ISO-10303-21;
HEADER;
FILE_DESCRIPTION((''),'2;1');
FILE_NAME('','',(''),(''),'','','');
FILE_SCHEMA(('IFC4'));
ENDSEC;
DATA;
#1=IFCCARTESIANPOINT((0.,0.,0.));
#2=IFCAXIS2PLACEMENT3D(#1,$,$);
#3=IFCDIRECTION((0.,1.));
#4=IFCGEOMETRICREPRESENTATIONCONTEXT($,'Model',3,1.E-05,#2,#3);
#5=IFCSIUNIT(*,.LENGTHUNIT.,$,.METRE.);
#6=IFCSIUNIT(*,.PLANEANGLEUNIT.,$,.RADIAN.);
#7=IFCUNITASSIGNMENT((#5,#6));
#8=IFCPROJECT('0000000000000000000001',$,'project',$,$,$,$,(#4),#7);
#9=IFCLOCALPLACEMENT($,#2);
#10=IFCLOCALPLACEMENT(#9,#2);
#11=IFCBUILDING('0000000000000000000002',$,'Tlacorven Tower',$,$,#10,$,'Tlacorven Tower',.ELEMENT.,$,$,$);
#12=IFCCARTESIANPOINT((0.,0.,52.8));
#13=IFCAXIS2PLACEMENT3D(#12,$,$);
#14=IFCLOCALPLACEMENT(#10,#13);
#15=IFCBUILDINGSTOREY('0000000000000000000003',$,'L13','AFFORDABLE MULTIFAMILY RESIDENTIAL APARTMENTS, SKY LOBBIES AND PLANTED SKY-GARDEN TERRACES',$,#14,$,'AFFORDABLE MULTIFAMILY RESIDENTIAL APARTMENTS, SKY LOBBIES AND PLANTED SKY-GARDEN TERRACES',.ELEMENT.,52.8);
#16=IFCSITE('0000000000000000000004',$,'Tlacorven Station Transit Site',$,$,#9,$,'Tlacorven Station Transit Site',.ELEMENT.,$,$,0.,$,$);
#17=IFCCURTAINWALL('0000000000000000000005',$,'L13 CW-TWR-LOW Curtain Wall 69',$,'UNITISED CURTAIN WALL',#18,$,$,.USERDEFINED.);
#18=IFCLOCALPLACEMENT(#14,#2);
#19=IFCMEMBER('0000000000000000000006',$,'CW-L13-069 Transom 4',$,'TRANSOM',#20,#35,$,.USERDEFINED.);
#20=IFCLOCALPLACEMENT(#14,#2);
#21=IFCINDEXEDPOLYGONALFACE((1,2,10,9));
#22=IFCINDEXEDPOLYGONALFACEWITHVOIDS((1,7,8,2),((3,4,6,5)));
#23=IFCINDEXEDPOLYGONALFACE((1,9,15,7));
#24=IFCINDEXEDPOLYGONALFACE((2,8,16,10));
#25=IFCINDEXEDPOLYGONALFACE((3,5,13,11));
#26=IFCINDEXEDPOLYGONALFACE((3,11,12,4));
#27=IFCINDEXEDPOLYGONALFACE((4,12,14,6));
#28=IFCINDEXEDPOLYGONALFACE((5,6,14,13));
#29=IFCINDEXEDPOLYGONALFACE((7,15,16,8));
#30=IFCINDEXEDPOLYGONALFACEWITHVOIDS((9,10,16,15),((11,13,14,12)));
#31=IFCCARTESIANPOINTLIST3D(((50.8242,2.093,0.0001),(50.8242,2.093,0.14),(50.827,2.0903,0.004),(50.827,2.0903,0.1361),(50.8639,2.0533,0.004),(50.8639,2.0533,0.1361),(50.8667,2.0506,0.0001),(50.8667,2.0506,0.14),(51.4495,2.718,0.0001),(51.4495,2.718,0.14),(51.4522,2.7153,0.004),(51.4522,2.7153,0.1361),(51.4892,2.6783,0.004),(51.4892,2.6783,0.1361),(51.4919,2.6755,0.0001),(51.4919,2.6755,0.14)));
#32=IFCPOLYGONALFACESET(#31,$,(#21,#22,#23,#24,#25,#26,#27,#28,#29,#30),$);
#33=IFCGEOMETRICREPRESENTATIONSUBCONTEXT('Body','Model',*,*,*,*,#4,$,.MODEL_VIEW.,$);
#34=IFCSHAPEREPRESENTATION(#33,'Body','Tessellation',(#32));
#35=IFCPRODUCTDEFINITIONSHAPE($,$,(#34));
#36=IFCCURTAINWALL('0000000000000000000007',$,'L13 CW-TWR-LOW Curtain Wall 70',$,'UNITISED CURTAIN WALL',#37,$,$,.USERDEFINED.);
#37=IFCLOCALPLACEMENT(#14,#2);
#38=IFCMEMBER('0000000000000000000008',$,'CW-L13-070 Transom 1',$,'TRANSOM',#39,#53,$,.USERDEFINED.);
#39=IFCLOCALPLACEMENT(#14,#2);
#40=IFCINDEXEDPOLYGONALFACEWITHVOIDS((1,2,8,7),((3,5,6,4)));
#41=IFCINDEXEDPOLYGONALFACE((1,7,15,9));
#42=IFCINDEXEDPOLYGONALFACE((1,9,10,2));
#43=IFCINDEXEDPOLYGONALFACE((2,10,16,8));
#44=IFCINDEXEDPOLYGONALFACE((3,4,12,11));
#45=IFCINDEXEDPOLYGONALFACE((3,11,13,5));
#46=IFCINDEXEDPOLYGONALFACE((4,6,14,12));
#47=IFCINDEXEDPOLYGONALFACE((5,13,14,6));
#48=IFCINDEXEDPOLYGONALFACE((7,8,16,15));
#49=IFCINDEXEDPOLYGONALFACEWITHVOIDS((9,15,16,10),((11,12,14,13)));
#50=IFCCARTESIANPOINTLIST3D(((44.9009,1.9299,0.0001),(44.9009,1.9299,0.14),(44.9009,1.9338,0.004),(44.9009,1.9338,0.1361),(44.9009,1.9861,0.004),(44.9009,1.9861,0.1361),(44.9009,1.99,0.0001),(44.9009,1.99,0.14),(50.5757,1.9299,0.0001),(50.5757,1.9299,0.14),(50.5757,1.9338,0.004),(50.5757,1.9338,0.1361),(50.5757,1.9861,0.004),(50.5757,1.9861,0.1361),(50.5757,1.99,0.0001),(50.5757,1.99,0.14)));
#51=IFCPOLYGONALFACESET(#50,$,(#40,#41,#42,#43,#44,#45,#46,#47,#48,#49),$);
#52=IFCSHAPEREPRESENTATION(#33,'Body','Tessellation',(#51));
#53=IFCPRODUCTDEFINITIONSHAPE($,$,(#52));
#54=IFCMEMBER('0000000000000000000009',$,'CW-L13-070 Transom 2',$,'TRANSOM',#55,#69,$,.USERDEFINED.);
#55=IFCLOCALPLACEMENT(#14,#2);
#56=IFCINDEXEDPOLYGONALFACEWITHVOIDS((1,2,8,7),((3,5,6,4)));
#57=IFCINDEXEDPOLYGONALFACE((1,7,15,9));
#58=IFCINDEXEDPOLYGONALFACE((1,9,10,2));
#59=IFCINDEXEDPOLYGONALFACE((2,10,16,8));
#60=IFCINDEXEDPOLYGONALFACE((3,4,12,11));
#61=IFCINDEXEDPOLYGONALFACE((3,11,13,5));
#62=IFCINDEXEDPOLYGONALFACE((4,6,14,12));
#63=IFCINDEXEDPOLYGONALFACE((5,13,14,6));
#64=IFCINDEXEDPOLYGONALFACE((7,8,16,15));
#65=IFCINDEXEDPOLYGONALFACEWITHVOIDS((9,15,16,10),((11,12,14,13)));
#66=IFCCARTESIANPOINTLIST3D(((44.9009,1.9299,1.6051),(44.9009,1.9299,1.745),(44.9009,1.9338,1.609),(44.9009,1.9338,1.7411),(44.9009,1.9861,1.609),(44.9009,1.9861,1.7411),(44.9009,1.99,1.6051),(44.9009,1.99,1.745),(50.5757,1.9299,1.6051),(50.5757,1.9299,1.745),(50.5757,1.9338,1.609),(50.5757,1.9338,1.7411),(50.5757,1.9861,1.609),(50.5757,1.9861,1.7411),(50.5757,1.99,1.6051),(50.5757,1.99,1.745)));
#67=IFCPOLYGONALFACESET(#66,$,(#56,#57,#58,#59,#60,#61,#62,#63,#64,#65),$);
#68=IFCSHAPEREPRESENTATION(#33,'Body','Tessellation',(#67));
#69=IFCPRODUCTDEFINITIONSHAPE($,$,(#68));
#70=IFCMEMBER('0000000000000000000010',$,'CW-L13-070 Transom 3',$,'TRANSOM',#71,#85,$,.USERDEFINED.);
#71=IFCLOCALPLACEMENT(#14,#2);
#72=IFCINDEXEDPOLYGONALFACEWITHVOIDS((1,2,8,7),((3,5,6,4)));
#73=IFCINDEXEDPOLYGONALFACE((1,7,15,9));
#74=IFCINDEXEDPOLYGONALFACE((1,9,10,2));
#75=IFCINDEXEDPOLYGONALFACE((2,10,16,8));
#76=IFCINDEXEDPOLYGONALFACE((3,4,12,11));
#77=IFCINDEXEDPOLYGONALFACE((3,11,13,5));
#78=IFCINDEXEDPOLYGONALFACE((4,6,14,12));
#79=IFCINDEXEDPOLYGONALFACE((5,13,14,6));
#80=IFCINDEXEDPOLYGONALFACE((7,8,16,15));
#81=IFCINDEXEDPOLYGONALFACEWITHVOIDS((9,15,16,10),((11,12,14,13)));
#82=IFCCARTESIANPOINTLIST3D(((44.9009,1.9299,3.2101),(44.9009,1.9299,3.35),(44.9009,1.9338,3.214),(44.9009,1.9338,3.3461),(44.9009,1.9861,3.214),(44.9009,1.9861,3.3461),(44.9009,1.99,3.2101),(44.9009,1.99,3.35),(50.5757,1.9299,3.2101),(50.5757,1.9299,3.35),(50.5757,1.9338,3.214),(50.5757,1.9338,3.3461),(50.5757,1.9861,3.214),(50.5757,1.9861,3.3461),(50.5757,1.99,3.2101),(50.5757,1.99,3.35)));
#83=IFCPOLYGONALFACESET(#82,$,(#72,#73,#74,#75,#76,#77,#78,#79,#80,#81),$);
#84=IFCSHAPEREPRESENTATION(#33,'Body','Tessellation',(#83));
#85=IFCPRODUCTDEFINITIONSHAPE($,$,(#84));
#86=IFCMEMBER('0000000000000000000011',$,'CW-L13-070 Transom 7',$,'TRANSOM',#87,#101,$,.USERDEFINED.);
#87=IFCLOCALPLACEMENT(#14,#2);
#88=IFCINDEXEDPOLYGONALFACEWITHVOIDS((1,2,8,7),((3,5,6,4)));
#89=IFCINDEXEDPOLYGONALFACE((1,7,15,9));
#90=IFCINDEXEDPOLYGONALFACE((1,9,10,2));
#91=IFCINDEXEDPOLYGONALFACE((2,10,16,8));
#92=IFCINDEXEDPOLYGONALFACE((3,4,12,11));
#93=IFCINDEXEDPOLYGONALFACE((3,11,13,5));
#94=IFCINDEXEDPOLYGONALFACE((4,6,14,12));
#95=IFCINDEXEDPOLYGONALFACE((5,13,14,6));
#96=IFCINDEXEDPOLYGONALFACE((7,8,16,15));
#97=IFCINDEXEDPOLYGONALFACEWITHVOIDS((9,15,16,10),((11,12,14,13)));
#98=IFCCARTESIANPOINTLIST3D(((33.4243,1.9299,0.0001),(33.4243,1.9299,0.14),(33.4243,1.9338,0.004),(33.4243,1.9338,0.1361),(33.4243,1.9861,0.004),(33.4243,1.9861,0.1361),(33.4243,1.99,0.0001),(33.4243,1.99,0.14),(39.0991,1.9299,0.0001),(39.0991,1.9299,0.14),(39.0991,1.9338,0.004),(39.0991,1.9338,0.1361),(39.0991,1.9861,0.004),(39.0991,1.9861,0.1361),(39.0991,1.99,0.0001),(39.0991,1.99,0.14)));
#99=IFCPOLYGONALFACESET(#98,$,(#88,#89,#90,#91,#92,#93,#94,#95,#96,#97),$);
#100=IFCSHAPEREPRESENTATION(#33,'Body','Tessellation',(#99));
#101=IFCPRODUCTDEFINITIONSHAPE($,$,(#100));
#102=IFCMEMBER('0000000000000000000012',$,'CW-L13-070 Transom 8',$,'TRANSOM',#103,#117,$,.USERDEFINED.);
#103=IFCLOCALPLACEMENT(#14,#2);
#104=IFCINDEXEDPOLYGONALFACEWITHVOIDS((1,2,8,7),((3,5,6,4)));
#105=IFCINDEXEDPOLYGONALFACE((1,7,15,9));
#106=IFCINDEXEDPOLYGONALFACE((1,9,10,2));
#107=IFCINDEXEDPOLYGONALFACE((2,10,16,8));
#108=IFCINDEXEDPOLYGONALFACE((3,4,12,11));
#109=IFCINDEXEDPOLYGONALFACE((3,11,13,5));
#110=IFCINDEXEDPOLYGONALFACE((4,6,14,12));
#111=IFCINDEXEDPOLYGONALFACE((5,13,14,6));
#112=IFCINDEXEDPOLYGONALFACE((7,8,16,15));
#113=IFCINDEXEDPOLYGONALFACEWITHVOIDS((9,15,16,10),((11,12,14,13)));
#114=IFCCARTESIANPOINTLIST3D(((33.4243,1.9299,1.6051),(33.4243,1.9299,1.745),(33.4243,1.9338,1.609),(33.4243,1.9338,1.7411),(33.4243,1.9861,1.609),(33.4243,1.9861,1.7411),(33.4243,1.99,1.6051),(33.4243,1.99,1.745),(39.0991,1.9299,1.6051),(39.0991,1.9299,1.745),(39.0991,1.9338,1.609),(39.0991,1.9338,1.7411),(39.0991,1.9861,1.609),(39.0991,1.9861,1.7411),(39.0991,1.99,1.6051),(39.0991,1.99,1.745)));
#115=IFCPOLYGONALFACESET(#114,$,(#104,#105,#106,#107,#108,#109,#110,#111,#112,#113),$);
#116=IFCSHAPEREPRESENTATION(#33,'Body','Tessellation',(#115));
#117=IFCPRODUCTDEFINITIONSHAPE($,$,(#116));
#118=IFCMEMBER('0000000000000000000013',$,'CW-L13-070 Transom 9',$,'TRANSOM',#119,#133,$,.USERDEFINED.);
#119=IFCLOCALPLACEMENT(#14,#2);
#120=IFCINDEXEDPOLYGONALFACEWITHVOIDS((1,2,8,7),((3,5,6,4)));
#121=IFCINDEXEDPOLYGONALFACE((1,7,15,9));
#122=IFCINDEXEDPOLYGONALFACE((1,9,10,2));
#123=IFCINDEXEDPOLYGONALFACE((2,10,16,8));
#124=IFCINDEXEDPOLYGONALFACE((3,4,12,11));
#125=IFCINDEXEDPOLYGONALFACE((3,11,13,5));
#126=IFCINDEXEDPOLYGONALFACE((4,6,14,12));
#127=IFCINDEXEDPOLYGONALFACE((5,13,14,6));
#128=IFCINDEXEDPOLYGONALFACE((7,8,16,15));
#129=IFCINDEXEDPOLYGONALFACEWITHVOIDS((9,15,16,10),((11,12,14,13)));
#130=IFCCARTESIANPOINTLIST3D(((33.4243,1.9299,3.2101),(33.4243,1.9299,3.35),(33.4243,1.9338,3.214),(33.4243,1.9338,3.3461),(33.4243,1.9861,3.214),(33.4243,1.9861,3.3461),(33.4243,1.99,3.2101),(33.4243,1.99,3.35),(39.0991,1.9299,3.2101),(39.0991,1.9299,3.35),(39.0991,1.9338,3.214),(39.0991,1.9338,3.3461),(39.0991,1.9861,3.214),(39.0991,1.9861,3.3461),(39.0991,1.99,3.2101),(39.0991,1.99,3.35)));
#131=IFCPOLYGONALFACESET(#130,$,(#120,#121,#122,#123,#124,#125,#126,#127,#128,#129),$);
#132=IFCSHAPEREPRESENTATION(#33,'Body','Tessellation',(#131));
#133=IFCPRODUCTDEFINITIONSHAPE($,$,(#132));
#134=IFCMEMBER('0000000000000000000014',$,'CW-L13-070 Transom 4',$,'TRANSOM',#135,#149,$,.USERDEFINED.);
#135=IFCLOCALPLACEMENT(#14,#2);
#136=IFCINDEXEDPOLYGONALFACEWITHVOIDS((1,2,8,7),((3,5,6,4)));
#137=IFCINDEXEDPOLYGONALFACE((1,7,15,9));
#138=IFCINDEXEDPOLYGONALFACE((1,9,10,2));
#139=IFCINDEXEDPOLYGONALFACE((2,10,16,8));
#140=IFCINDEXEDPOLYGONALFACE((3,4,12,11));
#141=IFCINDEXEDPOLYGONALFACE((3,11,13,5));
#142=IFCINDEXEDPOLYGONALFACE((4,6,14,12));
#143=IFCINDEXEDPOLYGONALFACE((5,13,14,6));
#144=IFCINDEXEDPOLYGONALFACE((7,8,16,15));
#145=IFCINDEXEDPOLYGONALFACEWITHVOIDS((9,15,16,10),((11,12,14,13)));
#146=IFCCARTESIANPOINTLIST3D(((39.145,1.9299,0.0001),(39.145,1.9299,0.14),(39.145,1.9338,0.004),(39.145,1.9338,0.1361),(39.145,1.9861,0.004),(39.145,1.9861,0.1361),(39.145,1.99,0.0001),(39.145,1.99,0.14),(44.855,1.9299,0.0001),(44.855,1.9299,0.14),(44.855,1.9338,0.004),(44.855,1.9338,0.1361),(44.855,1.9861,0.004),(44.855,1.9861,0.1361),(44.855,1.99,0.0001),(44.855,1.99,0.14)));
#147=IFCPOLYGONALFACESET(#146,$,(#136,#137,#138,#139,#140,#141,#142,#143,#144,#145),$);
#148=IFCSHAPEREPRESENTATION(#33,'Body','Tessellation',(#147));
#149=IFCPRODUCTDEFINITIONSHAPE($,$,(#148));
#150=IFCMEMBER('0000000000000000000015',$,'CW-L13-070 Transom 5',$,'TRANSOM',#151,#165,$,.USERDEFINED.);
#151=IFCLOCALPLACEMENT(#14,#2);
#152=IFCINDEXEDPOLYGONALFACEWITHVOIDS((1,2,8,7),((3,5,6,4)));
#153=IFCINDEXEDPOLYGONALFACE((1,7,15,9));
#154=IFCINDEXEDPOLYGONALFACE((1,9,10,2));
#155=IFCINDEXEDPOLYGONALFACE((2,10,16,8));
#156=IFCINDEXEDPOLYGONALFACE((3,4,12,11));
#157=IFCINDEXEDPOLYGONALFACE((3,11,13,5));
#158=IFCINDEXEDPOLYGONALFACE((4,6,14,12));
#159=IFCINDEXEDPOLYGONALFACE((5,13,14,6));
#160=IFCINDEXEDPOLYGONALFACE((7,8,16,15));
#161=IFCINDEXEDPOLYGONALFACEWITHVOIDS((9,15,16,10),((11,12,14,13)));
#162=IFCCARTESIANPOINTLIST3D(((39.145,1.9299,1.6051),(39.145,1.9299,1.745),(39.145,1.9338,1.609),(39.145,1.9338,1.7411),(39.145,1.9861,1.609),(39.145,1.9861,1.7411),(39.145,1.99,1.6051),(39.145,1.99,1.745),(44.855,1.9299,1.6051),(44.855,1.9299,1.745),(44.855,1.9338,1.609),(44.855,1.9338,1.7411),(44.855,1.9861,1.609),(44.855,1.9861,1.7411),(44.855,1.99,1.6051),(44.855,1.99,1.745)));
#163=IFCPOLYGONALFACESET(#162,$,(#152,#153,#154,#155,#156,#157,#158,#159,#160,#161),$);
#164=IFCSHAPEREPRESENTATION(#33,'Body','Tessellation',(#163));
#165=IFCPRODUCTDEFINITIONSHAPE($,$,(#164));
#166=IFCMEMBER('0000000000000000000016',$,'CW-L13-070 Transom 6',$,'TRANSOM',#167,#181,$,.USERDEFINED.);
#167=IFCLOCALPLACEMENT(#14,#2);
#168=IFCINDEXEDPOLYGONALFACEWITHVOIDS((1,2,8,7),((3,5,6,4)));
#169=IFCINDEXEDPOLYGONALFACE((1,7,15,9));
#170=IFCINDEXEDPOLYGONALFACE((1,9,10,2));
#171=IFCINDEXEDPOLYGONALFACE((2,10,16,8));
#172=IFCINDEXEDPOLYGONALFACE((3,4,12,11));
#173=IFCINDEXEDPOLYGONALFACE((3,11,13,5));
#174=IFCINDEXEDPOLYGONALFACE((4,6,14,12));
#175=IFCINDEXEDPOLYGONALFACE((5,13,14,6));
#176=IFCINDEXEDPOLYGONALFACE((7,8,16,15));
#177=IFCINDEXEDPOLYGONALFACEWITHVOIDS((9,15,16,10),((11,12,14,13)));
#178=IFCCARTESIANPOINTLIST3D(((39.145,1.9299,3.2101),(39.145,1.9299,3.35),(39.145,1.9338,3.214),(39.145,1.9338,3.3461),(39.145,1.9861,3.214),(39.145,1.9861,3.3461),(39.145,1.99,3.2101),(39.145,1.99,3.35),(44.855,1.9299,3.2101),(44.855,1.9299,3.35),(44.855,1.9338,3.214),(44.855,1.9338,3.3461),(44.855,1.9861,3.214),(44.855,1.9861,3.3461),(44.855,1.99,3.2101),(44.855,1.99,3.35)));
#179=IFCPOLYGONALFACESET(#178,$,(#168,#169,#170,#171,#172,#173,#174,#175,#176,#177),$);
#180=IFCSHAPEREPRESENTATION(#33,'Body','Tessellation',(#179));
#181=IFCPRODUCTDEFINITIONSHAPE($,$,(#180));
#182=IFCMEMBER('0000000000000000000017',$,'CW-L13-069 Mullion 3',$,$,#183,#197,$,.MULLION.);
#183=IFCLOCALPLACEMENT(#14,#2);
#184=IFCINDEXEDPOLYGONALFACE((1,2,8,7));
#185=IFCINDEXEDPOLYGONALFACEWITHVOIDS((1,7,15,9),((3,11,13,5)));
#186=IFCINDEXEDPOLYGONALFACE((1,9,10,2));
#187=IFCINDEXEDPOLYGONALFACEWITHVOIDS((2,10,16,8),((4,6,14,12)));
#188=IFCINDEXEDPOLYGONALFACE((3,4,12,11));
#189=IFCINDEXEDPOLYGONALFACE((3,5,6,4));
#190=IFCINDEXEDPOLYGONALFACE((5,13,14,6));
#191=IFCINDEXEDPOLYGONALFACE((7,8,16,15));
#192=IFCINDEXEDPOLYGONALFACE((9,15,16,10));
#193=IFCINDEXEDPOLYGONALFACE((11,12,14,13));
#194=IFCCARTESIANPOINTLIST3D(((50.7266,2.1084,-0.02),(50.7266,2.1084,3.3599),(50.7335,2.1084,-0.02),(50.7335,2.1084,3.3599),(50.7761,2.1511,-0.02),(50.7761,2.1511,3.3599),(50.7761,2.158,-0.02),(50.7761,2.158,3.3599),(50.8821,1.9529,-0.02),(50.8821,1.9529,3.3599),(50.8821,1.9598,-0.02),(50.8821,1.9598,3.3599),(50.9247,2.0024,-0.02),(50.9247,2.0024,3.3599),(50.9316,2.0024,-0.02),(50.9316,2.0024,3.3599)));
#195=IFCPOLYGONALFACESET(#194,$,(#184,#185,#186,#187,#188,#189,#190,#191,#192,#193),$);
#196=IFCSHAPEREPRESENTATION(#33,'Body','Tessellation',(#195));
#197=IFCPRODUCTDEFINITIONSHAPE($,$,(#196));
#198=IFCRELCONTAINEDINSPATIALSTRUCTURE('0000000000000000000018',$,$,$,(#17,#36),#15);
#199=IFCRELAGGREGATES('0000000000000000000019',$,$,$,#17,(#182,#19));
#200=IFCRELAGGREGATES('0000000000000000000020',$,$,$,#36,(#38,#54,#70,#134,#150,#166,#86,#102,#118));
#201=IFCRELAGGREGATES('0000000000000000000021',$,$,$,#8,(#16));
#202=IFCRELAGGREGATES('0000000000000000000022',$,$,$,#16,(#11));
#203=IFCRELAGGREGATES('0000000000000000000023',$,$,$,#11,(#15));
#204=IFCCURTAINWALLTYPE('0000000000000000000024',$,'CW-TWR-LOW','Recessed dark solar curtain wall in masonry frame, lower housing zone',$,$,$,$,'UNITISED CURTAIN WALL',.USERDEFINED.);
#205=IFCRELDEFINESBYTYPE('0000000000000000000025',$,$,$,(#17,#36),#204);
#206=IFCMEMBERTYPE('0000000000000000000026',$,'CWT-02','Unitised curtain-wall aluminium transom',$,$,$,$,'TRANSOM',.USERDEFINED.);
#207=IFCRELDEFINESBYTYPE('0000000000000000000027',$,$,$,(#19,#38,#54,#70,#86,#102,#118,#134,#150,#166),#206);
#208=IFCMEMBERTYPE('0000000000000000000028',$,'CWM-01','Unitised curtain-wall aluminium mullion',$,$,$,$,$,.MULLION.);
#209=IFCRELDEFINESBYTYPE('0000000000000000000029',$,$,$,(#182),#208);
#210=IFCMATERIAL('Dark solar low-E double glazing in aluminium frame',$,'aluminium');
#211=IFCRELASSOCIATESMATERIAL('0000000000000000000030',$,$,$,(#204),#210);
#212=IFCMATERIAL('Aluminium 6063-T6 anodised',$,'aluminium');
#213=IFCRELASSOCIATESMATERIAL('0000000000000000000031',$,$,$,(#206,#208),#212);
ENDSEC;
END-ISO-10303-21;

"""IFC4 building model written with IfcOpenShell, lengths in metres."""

from ifc_helpers import new_model, si_unit, direction, frame, origin, origin_2d, place, context, subcontext, project, spatial, hollow_rectangle, extrude, source, transform, mapped, material, material_profile, profile_set, type_object, element, aggregate, save


model = new_model("IFC4")

# Units and contexts
model_context = context("Model", 3, precision=1e-05, world=origin(), true_north=direction((0.0, 1.0)))
body_context = subcontext(model_context, "Body", "Model", "MODEL_VIEW")
ifc_project = project(units=[si_unit("LENGTHUNIT", "METRE"), si_unit("PLANEANGLEUNIT", "RADIAN")], contexts=[model_context])

# Site, building, storey
site_placement = place(None, origin())
site = spatial("IfcSite", under=ifc_project, at=site_placement, Name="Tlacorven Station Transit Site", LongName="Tlacorven Station Transit Site", CompositionType="ELEMENT", RefElevation=0.0)
building_placement = place(site_placement, origin())
building = spatial("IfcBuilding", under=site, at=building_placement, Name="Tlacorven Tower", LongName="Tlacorven Tower", CompositionType="ELEMENT")
storey_placement = place(building_placement, frame((0.0, 0.0, 52.8)))
storey = spatial("IfcBuildingStorey", under=building, at=storey_placement, Name="L13", Description="AFFORDABLE MULTIFAMILY RESIDENTIAL APARTMENTS, SKY LOBBIES AND PLANTED SKY-GARDEN TERRACES", LongName="AFFORDABLE MULTIFAMILY RESIDENTIAL APARTMENTS, SKY LOBBIES AND PLANTED SKY-GARDEN TERRACES", CompositionType="ELEMENT", Elevation=52.8)

# Curtain wall, member
ifc_material_1 = material(Name="Dark solar low-E double glazing in aluminium frame", Category="aluminium")
curtain_wall_type = type_object("IfcCurtainWallType", Name="CW-TWR-LOW", Description="Recessed dark solar curtain wall in masonry frame, lower housing zone", ElementType="UNITISED CURTAIN WALL", PredefinedType="USERDEFINED", material=ifc_material_1)
curtain_wall_1_placement = place(storey_placement, origin())
curtain_wall_1 = element("IfcCurtainWall", 1, at=curtain_wall_1_placement, inside=storey, type_object=curtain_wall_type, Name="L13 CW-TWR-LOW Curtain Wall 69", ObjectType="UNITISED CURTAIN WALL", PredefinedType="USERDEFINED")
ifc_material_2 = material(Name="Aluminium 6063-T6 anodised", Category="aluminium")
ifc_material_profile_1 = material_profile(ifc_material_2, hollow_rectangle(XDim=0.0601, YDim=0.1399, WallThickness=0.0039, at=origin_2d()), Name="ALU TRANSOM 60X140")
ifc_profile_set_1 = profile_set([ifc_material_profile_1], Name="Aluminium 6063-T6 anodised")
member_type_1 = type_object("IfcMemberType", Name="CWT-02", Description="Unitised curtain-wall aluminium transom", ElementType="TRANSOM", PredefinedType="USERDEFINED", material=ifc_profile_set_1)
shared_shape_1 = source(origin(), body_context, "Body", "SweptSolid", [
    extrude(hollow_rectangle(XDim=0.0601, YDim=0.1399, WallThickness=0.0039, at=origin_2d()), origin(), (0.0, 0.0, 1.0), 0.884),
])
member_1_placement = place(storey_placement, frame((51.4707, 2.6968, 0.0701), z_axis=(-0.707245, -0.706969, 0.0), x_axis=(0.706969, -0.707245, 0.0)))
member_1 = element("IfcMember", 2, at=member_1_placement, type_object=member_type_1, Name="CW-L13-069 Transom 4", ObjectType="TRANSOM", PredefinedType="USERDEFINED", context=body_context, shape_type="MappedRepresentation", body=[
    mapped(shared_shape_1, transform((0.0, 0.0, 0.0), scale=1.0)),
])

# Curtain wall, members
curtain_wall_2_placement = place(storey_placement, origin())
curtain_wall_2 = element("IfcCurtainWall", 3, at=curtain_wall_2_placement, inside=storey, type_object=curtain_wall_type, Name="L13 CW-TWR-LOW Curtain Wall 70", ObjectType="UNITISED CURTAIN WALL", PredefinedType="USERDEFINED")
shared_shape_2 = source(origin(), body_context, "Body", "SweptSolid", [
    extrude(hollow_rectangle(XDim=0.0601, YDim=0.1399, WallThickness=0.0039, at=origin_2d()), origin(), (0.0, 0.0, 1.0), 5.6748),
])
member_2_placement = place(storey_placement, frame((50.5757, 1.96, 0.0701), z_axis=(-1.0, 0.0, 0.0), x_axis=(0.0, -1.0, 0.0)))
member_2 = element("IfcMember", 4, at=member_2_placement, type_object=member_type_1, Name="CW-L13-070 Transom 1", ObjectType="TRANSOM", PredefinedType="USERDEFINED", context=body_context, shape_type="MappedRepresentation", body=[
    mapped(shared_shape_2, transform((0.0, 0.0, 0.0), scale=1.0)),
])
member_3_placement = place(storey_placement, frame((50.5757, 1.96, 1.675), z_axis=(-1.0, 0.0, 0.0), x_axis=(0.0, -1.0, 0.0)))
member_3 = element("IfcMember", 5, at=member_3_placement, type_object=member_type_1, Name="CW-L13-070 Transom 2", ObjectType="TRANSOM", PredefinedType="USERDEFINED", context=body_context, shape_type="MappedRepresentation", body=[
    mapped(shared_shape_2, transform((0.0, 0.0, 0.0), scale=1.0)),
])
member_4_placement = place(storey_placement, frame((50.5757, 1.96, 3.28), z_axis=(-1.0, 0.0, 0.0), x_axis=(0.0, -1.0, 0.0)))
member_4 = element("IfcMember", 6, at=member_4_placement, type_object=member_type_1, Name="CW-L13-070 Transom 3", ObjectType="TRANSOM", PredefinedType="USERDEFINED", context=body_context, shape_type="MappedRepresentation", body=[
    mapped(shared_shape_2, transform((0.0, 0.0, 0.0), scale=1.0)),
])
member_5_placement = place(storey_placement, frame((39.0991, 1.96, 0.0701), z_axis=(-1.0, 0.0, 0.0), x_axis=(0.0, -1.0, 0.0)))
member_5 = element("IfcMember", 7, at=member_5_placement, type_object=member_type_1, Name="CW-L13-070 Transom 7", ObjectType="TRANSOM", PredefinedType="USERDEFINED", context=body_context, shape_type="MappedRepresentation", body=[
    mapped(shared_shape_2, transform((0.0, 0.0, 0.0), scale=1.0)),
])
member_6_placement = place(storey_placement, frame((39.0991, 1.96, 1.675), z_axis=(-1.0, 0.0, 0.0), x_axis=(0.0, -1.0, 0.0)))
member_6 = element("IfcMember", 8, at=member_6_placement, type_object=member_type_1, Name="CW-L13-070 Transom 8", ObjectType="TRANSOM", PredefinedType="USERDEFINED", context=body_context, shape_type="MappedRepresentation", body=[
    mapped(shared_shape_2, transform((0.0, 0.0, 0.0), scale=1.0)),
])
member_7_placement = place(storey_placement, frame((39.0991, 1.96, 3.28), z_axis=(-1.0, 0.0, 0.0), x_axis=(0.0, -1.0, 0.0)))
member_7 = element("IfcMember", 9, at=member_7_placement, type_object=member_type_1, Name="CW-L13-070 Transom 9", ObjectType="TRANSOM", PredefinedType="USERDEFINED", context=body_context, shape_type="MappedRepresentation", body=[
    mapped(shared_shape_2, transform((0.0, 0.0, 0.0), scale=1.0)),
])
shared_shape_3 = source(origin(), body_context, "Body", "SweptSolid", [
    extrude(hollow_rectangle(XDim=0.0601, YDim=0.1399, WallThickness=0.0039, at=origin_2d()), origin(), (0.0, 0.0, 1.0), 5.71),
])
member_8_placement = place(storey_placement, frame((44.855, 1.96, 0.0701), z_axis=(-1.0, 0.0, 0.0), x_axis=(0.0, -1.0, 0.0)))
member_8 = element("IfcMember", 10, at=member_8_placement, type_object=member_type_1, Name="CW-L13-070 Transom 4", ObjectType="TRANSOM", PredefinedType="USERDEFINED", context=body_context, shape_type="MappedRepresentation", body=[
    mapped(shared_shape_3, transform((0.0, 0.0, 0.0), scale=1.0)),
])
member_9_placement = place(storey_placement, frame((44.855, 1.96, 1.675), z_axis=(-1.0, 0.0, 0.0), x_axis=(0.0, -1.0, 0.0)))
member_9 = element("IfcMember", 11, at=member_9_placement, type_object=member_type_1, Name="CW-L13-070 Transom 5", ObjectType="TRANSOM", PredefinedType="USERDEFINED", context=body_context, shape_type="MappedRepresentation", body=[
    mapped(shared_shape_3, transform((0.0, 0.0, 0.0), scale=1.0)),
])
member_10_placement = place(storey_placement, frame((44.855, 1.96, 3.28), z_axis=(-1.0, 0.0, 0.0), x_axis=(0.0, -1.0, 0.0)))
member_10 = element("IfcMember", 12, at=member_10_placement, type_object=member_type_1, Name="CW-L13-070 Transom 6", ObjectType="TRANSOM", PredefinedType="USERDEFINED", context=body_context, shape_type="MappedRepresentation", body=[
    mapped(shared_shape_3, transform((0.0, 0.0, 0.0), scale=1.0)),
])

# Member
ifc_material_profile_2 = material_profile(ifc_material_2, hollow_rectangle(XDim=0.0701, YDim=0.22, WallThickness=0.0049, at=origin_2d()), Name="ALU MULLION 70X220")
ifc_profile_set_2 = profile_set([ifc_material_profile_2], Name="Aluminium 6063-T6 anodised")
member_type_2 = type_object("IfcMemberType", Name="CWM-01", Description="Unitised curtain-wall aluminium mullion", PredefinedType="MULLION", material=ifc_profile_set_2)
shared_shape_4 = source(origin(), body_context, "Body", "SweptSolid", [
    extrude(hollow_rectangle(XDim=0.0701, YDim=0.22, WallThickness=0.0049, at=origin_2d()), origin(), (0.0, 0.0, 1.0), 3.3799),
])
member_11_placement = place(storey_placement, frame((50.8291, 2.0554, -0.02), z_axis=(0.0, 0.0, 1.0), x_axis=(-0.707107, -0.707107, 0.0)))
member_11 = element("IfcMember", 13, at=member_11_placement, type_object=member_type_2, Name="CW-L13-069 Mullion 3", PredefinedType="MULLION", context=body_context, shape_type="MappedRepresentation", body=[
    mapped(shared_shape_4, transform((0.0, 0.0, 0.0), scale=1.0)),
])

aggregate(curtain_wall_1, [member_11, member_1])
aggregate(curtain_wall_2, [member_2, member_3, member_4, member_8, member_9, member_10, member_5, member_6, member_7])

save(model, "model.ifc")
